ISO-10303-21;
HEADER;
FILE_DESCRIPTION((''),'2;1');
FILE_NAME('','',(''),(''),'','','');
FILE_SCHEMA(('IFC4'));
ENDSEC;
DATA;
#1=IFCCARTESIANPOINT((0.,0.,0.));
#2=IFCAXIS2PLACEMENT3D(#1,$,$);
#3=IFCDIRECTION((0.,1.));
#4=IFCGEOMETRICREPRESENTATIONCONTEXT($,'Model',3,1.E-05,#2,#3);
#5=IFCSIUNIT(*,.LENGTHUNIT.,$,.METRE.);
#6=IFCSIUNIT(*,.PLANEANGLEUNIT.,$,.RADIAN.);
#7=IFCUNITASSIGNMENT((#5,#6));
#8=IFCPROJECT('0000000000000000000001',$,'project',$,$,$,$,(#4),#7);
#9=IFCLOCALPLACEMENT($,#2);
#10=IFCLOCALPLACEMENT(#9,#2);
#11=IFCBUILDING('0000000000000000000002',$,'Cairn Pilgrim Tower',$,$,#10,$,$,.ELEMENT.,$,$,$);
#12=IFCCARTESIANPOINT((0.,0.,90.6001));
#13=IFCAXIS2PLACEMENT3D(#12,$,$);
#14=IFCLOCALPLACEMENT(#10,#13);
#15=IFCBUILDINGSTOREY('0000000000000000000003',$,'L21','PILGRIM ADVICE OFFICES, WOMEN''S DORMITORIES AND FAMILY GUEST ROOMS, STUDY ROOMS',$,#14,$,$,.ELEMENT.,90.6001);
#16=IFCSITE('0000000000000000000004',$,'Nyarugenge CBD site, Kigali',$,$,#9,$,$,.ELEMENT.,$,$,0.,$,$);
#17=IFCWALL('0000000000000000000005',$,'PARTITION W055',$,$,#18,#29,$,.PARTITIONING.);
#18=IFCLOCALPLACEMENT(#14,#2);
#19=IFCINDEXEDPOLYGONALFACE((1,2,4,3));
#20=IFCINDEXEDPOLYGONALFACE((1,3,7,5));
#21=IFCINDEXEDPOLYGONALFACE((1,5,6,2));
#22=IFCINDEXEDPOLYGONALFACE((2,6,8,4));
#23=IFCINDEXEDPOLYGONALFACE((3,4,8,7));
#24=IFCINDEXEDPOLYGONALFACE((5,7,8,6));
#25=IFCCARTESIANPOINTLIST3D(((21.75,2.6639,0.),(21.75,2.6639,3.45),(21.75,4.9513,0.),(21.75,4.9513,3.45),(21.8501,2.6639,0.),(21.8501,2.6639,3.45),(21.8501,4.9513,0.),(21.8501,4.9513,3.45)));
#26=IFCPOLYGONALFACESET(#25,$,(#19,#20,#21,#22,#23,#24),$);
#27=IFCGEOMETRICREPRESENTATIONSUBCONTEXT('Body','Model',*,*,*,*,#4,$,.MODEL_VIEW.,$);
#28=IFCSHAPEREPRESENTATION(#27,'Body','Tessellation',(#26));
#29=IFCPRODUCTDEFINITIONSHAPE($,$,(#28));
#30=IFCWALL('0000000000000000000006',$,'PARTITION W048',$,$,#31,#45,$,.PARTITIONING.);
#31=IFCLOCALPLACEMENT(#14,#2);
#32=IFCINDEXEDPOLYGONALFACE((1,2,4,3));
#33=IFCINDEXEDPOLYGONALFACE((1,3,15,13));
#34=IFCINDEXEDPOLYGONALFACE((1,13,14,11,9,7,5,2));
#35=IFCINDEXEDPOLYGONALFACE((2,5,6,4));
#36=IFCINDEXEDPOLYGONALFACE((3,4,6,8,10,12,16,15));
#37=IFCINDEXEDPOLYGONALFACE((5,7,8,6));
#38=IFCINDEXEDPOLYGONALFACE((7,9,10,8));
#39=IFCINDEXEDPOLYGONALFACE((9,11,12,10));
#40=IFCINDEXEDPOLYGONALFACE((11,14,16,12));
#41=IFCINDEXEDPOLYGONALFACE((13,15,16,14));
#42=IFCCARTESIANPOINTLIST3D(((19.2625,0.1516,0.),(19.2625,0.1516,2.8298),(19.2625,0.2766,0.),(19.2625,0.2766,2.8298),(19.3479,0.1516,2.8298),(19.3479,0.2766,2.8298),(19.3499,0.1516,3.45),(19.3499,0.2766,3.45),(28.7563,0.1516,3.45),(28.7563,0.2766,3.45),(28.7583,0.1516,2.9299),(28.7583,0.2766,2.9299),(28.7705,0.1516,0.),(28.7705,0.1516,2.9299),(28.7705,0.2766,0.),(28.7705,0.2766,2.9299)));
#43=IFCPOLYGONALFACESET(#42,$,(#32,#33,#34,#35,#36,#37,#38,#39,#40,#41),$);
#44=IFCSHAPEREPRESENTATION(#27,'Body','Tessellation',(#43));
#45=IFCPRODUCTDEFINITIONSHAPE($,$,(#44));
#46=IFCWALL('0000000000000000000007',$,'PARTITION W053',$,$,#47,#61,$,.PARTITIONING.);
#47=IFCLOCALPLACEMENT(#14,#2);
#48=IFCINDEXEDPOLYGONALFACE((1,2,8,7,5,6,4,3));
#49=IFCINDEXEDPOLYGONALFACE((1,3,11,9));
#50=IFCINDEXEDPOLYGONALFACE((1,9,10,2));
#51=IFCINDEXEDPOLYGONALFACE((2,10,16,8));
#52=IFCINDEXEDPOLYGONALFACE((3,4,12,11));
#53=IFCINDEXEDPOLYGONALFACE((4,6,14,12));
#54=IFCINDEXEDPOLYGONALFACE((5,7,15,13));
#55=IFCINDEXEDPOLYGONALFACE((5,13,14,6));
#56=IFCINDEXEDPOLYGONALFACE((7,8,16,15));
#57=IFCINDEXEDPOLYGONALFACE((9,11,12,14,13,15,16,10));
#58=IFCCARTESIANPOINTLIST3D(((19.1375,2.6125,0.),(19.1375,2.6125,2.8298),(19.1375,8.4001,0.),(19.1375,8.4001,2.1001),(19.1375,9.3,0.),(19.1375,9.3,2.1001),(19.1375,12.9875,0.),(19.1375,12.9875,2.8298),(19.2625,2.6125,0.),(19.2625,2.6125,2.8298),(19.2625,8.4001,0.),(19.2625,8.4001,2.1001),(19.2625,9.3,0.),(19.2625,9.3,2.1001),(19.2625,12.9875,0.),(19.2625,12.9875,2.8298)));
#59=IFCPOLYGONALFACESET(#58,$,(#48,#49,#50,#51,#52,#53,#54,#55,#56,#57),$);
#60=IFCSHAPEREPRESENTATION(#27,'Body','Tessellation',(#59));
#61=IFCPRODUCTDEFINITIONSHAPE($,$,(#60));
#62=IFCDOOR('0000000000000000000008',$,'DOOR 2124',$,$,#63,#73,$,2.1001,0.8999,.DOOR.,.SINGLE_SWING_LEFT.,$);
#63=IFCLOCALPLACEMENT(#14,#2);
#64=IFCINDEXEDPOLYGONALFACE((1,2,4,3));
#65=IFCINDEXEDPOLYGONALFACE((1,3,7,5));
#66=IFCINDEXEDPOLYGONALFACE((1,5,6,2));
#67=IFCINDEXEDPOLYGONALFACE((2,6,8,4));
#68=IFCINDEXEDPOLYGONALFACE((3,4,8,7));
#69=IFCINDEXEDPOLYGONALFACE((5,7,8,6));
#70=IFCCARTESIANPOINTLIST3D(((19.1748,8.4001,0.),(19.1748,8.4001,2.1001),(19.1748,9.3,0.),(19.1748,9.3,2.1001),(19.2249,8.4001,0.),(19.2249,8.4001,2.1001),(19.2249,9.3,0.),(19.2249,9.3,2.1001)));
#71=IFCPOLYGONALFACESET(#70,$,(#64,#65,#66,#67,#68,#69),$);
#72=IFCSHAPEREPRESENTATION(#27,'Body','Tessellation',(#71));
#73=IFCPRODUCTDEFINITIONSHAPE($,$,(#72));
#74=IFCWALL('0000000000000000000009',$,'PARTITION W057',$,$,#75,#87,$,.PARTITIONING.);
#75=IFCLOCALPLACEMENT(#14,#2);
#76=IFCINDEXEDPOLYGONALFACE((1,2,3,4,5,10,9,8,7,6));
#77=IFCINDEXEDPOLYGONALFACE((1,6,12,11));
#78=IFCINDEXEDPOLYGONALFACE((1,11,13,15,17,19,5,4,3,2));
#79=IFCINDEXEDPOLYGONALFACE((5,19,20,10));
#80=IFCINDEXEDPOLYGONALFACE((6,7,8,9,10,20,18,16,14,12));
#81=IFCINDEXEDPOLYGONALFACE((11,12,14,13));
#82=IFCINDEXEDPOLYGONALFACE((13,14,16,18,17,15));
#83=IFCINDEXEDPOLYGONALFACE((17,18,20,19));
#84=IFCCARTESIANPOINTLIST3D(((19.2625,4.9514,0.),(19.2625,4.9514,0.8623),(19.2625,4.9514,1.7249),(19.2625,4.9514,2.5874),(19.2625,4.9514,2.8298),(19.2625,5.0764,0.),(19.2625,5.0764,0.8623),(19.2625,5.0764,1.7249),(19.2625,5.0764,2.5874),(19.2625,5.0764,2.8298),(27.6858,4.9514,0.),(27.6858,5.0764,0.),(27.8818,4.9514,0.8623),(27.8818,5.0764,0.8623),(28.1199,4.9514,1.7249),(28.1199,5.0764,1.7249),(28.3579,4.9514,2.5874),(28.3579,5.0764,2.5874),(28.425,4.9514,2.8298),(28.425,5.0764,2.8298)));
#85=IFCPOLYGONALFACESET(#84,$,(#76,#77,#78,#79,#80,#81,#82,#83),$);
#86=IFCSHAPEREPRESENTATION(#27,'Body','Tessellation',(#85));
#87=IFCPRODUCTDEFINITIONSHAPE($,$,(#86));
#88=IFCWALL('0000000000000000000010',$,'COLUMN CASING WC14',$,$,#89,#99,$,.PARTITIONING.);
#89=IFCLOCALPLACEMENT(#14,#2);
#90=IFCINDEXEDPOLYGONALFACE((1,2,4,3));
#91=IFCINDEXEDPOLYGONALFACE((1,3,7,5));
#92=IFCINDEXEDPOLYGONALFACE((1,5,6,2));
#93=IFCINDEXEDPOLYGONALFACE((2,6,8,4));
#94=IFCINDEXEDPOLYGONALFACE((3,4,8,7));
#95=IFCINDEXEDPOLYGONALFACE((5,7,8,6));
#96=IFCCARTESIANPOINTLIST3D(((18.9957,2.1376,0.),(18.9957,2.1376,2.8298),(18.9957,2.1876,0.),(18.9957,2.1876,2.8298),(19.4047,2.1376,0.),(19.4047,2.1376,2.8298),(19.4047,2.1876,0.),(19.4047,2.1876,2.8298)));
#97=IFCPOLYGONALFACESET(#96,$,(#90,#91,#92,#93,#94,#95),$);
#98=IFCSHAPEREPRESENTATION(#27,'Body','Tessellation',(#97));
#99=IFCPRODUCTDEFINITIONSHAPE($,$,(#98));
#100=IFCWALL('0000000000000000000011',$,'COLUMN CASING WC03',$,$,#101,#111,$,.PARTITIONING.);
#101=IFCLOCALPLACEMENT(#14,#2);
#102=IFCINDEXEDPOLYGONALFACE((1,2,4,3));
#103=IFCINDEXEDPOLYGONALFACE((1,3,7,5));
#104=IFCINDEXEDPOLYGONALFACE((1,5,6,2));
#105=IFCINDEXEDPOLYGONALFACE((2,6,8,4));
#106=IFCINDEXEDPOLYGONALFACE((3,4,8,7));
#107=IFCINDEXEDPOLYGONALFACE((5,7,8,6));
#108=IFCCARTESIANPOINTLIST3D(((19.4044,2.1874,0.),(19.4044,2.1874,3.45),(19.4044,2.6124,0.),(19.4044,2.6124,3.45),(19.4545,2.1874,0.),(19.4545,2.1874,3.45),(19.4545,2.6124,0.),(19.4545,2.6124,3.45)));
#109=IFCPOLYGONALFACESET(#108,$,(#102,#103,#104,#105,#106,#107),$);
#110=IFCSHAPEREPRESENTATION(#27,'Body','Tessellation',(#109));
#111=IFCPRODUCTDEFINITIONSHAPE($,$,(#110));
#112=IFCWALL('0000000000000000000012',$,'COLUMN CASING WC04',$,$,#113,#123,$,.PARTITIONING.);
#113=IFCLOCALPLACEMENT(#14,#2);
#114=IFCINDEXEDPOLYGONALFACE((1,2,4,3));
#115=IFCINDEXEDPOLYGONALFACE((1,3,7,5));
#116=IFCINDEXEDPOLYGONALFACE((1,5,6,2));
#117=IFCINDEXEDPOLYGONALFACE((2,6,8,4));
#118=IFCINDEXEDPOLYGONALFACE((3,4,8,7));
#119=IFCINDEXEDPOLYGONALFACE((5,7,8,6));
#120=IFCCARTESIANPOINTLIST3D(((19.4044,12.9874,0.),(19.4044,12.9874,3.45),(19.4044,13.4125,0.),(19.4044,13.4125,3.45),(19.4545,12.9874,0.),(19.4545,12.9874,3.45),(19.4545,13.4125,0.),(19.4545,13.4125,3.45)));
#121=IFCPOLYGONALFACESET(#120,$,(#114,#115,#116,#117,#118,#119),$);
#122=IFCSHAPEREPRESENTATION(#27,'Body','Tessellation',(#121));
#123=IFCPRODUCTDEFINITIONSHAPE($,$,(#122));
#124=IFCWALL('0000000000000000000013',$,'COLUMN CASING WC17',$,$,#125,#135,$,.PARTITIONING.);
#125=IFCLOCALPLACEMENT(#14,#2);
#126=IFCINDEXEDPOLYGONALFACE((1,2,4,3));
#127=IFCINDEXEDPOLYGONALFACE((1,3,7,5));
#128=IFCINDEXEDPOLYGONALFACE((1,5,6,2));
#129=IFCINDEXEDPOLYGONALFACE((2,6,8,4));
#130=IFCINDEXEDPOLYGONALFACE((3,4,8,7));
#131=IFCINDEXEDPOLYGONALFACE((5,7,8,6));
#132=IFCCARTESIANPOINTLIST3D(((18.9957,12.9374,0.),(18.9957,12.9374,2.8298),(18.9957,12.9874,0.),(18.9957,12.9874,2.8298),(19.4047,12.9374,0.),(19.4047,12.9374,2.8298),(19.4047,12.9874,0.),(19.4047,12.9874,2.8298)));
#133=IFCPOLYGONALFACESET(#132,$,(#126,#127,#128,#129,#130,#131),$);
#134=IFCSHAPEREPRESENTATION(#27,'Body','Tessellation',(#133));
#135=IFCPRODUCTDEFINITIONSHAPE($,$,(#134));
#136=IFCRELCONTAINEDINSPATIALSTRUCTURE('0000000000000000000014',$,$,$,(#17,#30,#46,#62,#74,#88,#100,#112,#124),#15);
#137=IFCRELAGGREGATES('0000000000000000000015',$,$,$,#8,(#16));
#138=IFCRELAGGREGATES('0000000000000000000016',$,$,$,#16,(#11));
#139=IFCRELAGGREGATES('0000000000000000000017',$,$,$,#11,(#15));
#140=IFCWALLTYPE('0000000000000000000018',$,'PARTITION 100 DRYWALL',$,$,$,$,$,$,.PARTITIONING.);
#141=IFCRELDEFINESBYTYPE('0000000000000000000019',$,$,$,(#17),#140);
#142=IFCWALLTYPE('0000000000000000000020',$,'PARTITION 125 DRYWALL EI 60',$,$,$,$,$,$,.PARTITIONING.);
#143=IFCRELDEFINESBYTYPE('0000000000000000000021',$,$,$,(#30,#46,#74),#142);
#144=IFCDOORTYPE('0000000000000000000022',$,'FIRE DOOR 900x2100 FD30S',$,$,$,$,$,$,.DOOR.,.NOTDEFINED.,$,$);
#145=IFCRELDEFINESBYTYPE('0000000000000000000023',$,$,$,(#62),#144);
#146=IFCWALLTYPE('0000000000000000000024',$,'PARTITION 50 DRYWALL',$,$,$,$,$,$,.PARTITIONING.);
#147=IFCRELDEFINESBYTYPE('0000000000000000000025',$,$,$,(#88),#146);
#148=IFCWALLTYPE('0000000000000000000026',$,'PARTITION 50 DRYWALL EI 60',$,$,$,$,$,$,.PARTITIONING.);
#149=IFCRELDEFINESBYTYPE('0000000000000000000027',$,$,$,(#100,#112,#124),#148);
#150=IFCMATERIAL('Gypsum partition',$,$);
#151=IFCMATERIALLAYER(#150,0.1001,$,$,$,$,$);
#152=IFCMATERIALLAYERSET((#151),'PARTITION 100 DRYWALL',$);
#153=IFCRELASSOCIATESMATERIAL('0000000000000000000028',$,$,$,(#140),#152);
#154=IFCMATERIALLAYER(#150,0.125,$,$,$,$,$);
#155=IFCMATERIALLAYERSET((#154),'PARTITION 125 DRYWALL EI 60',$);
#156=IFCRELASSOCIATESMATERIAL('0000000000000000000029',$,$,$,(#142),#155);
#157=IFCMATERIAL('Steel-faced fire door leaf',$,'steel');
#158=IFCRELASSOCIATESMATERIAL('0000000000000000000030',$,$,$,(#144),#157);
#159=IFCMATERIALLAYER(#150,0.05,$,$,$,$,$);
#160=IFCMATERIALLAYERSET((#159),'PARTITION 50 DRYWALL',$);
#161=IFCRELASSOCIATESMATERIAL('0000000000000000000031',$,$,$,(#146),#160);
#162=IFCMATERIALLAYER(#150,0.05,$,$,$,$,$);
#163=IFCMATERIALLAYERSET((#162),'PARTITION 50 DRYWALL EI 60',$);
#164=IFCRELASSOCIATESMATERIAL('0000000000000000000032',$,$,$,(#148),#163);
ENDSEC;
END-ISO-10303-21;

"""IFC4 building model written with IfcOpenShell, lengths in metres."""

from ifc_helpers import new_model, si_unit, direction, frame, frame_2d, origin, place, context, subcontext, project, spatial, polyline, rectangle, outline, extrude, material, layer, layer_set, type_object, element, fill, save


model = new_model("IFC4")

# Units and contexts
model_context = context("Model", 3, precision=1e-05, world=origin(), true_north=direction((0.0, 1.0)))
body_context = subcontext(model_context, "Body", "Model", "MODEL_VIEW")
ifc_project = project(units=[si_unit("LENGTHUNIT", "METRE"), si_unit("PLANEANGLEUNIT", "RADIAN")], contexts=[model_context])

# Site, building, storey
site_placement = place(None, origin())
site = spatial("IfcSite", under=ifc_project, at=site_placement, Name="Nyarugenge CBD site, Kigali", CompositionType="ELEMENT", RefElevation=0.0)
building_placement = place(site_placement, origin())
building = spatial("IfcBuilding", under=site, at=building_placement, Name="Cairn Pilgrim Tower", CompositionType="ELEMENT")
storey_placement = place(building_placement, frame((0.0, 0.0, 90.6001)))
storey = spatial("IfcBuildingStorey", under=building, at=storey_placement, Name="L21", Description="PILGRIM ADVICE OFFICES, WOMEN'S DORMITORIES AND FAMILY GUEST ROOMS, STUDY ROOMS", CompositionType="ELEMENT", Elevation=90.6001)

# Shared definitions
ifc_material_1 = material(Name="Gypsum partition")
ifc_layer_1 = layer(ifc_material_1, 0.1001)
ifc_layer_set_1 = layer_set([ifc_layer_1], Name="PARTITION 100 DRYWALL")
wall_type_1 = type_object("IfcWallType", Name="PARTITION 100 DRYWALL", PredefinedType="PARTITIONING", material=ifc_layer_set_1)

# Walls
wall_1_placement = place(storey_placement, frame((21.8, 2.6641, 0.0), z_axis=(0.0, 0.0, 1.0), x_axis=(0.0, 1.0, 0.0)))
element("IfcWall", 1, at=wall_1_placement, inside=storey, type_object=wall_type_1, Name="PARTITION W055", PredefinedType="PARTITIONING", context=body_context, shape_type="SweptSolid", body=[
    extrude(rectangle(XDim=2.2874, YDim=0.1001, at=frame_2d((1.1436, 0.0))), origin(), (0.0, 0.0, 1.0), 3.45),
])
ifc_layer_2 = layer(ifc_material_1, 0.125)
ifc_layer_set_2 = layer_set([ifc_layer_2], Name="PARTITION 125 DRYWALL EI 60")
wall_type_2 = type_object("IfcWallType", Name="PARTITION 125 DRYWALL EI 60", PredefinedType="PARTITIONING", material=ifc_layer_set_2)
wall_2_placement = place(storey_placement, frame((19.2625, 0.2141, 0.0), z_axis=(0.0, 0.0, 1.0), x_axis=(1.0, 0.0, 0.0)))
element("IfcWall", 2, at=wall_2_placement, inside=storey, type_object=wall_type_2, Name="PARTITION W048", PredefinedType="PARTITIONING", context=body_context, shape_type="SweptSolid", body=[
    extrude(outline(polyline([(0.0, 0.0), (9.5081, 0.0), (9.5081, 2.9299), (9.4958, 2.9299), (9.4939, 3.45), (0.0874, 3.45), (0.0854, 2.8298), (0.0, 2.8298), (0.0, 0.0)])), frame((0.0, 0.0625, 0.0), z_axis=(0.0, -1.0, 0.0), x_axis=(1.0, 0.0, 0.0)), (0.0, 0.0, 1.0), 0.125),
])

# Wall, opening, door
wall_3_placement = place(storey_placement, frame((19.2, 2.6125, 0.0), z_axis=(0.0, 0.0, 1.0), x_axis=(0.0, 1.0, 0.0)))
wall_3 = element("IfcWall", 3, at=wall_3_placement, inside=storey, type_object=wall_type_2, Name="PARTITION W053", PredefinedType="PARTITIONING", context=body_context, shape_type="SweptSolid", body=[
    extrude(rectangle(XDim=10.375, YDim=0.125, at=frame_2d((5.1875, 0.0))), origin(), (0.0, 0.0, 1.0), 2.8298),
])
opening_1_placement = place(wall_3_placement, frame((5.7876, 0.0, 0.0)))
opening_1 = element("IfcOpeningElement", 4, at=opening_1_placement, cuts=wall_3, PredefinedType="OPENING", context=body_context, shape_type="SweptSolid", body=[
    extrude(rectangle(XDim=0.8999, YDim=2.1001, at=frame_2d((0.45, 1.05))), frame((0.0, 0.0725, 0.0), z_axis=(0.0, -1.0, 0.0), x_axis=(1.0, 0.0, 0.0)), (0.0, 0.0, 1.0), 0.145),
])
ifc_material_2 = material(Name="Steel-faced fire door leaf", Category="steel")
door_type_1 = type_object("IfcDoorType", Name="FIRE DOOR 900x2100 FD30S", OperationType="NOTDEFINED", PredefinedType="DOOR", material=ifc_material_2)
door_1_placement = place(opening_1_placement, frame((0.8999, 0.0, 0.0), z_axis=(0.0, 0.0, 1.0), x_axis=(-1.0, 0.0, 0.0)))
door_1 = element("IfcDoor", 5, at=door_1_placement, inside=storey, type_object=door_type_1, Name="DOOR 2124", OperationType="SINGLE_SWING_LEFT", OverallHeight=2.1001, OverallWidth=0.8999, PredefinedType="DOOR", context=body_context, shape_type="SweptSolid", body=[
    extrude(rectangle(XDim=0.8999, YDim=2.1001, at=frame_2d((0.45, 1.05))), frame((0.0, 0.0249, 0.0), z_axis=(0.0, -1.0, 0.0), x_axis=(1.0, 0.0, 0.0)), (0.0, 0.0, 1.0), 0.05),
])
fill(opening_1, door_1)

# Walls
wall_4_placement = place(storey_placement, frame((19.2625, 5.0139, 0.0), z_axis=(0.0, 0.0, 1.0), x_axis=(1.0, 0.0, 0.0)))
element("IfcWall", 6, at=wall_4_placement, inside=storey, type_object=wall_type_2, Name="PARTITION W057", PredefinedType="PARTITIONING", context=body_context, shape_type="SweptSolid", body=[
    extrude(outline(polyline([(0.0, 0.0), (8.4233, 0.0), (8.6194, 0.8623), (8.8574, 1.7249), (9.0955, 2.5874), (9.1626, 2.8298), (0.0, 2.8298), (0.0, 2.5874), (0.0, 1.7249), (0.0, 0.8623), (0.0, 0.0)])), frame((0.0, 0.0625, 0.0), z_axis=(0.0, -1.0, 0.0), x_axis=(1.0, 0.0, 0.0)), (0.0, 0.0, 1.0), 0.125),
])
ifc_layer_3 = layer(ifc_material_1, 0.05)
ifc_layer_set_3 = layer_set([ifc_layer_3], Name="PARTITION 50 DRYWALL")
wall_type_3 = type_object("IfcWallType", Name="PARTITION 50 DRYWALL", PredefinedType="PARTITIONING", material=ifc_layer_set_3)
wall_5_placement = place(storey_placement, frame((18.9956, 2.1626, 0.0), z_axis=(0.0, 0.0, 1.0), x_axis=(1.0, 0.0, 0.0)))
element("IfcWall", 7, at=wall_5_placement, inside=storey, type_object=wall_type_3, Name="COLUMN CASING WC14", PredefinedType="PARTITIONING", context=body_context, shape_type="SweptSolid", body=[
    extrude(rectangle(XDim=0.4089, YDim=0.05, at=frame_2d((0.2046, 0.0))), origin(), (0.0, 0.0, 1.0), 2.8298),
])
ifc_layer_4 = layer(ifc_material_1, 0.05)
ifc_layer_set_4 = layer_set([ifc_layer_4], Name="PARTITION 50 DRYWALL EI 60")
wall_type_4 = type_object("IfcWallType", Name="PARTITION 50 DRYWALL EI 60", PredefinedType="PARTITIONING", material=ifc_layer_set_4)
for number, where, z_axis, x_axis, name in (
    (8, (19.4294, 2.1875, 0.0), (0.0, 0.0, 1.0), (0.0, 1.0, 0.0), "COLUMN CASING WC03"),
    (9, (19.4294, 12.9875, 0.0), (0.0, 0.0, 1.0), (0.0, 1.0, 0.0), "COLUMN CASING WC04"),
):
    element("IfcWall", number, at=place(storey_placement, frame(where, z_axis=z_axis, x_axis=x_axis)), inside=storey, type_object=wall_type_4, Name=name, PredefinedType="PARTITIONING", context=body_context, shape_type="SweptSolid", body=[
        extrude(rectangle(XDim=0.425, YDim=0.05, at=frame_2d((0.2124, 0.0))), origin(), (0.0, 0.0, 1.0), 3.45),
    ])
wall_6_placement = place(storey_placement, frame((18.9956, 12.9624, 0.0), z_axis=(0.0, 0.0, 1.0), x_axis=(1.0, 0.0, 0.0)))
element("IfcWall", 10, at=wall_6_placement, inside=storey, type_object=wall_type_4, Name="COLUMN CASING WC17", PredefinedType="PARTITIONING", context=body_context, shape_type="SweptSolid", body=[
    extrude(rectangle(XDim=0.4089, YDim=0.05, at=frame_2d((0.2046, 0.0))), origin(), (0.0, 0.0, 1.0), 2.8298),
])

save(model, "model.ifc")
